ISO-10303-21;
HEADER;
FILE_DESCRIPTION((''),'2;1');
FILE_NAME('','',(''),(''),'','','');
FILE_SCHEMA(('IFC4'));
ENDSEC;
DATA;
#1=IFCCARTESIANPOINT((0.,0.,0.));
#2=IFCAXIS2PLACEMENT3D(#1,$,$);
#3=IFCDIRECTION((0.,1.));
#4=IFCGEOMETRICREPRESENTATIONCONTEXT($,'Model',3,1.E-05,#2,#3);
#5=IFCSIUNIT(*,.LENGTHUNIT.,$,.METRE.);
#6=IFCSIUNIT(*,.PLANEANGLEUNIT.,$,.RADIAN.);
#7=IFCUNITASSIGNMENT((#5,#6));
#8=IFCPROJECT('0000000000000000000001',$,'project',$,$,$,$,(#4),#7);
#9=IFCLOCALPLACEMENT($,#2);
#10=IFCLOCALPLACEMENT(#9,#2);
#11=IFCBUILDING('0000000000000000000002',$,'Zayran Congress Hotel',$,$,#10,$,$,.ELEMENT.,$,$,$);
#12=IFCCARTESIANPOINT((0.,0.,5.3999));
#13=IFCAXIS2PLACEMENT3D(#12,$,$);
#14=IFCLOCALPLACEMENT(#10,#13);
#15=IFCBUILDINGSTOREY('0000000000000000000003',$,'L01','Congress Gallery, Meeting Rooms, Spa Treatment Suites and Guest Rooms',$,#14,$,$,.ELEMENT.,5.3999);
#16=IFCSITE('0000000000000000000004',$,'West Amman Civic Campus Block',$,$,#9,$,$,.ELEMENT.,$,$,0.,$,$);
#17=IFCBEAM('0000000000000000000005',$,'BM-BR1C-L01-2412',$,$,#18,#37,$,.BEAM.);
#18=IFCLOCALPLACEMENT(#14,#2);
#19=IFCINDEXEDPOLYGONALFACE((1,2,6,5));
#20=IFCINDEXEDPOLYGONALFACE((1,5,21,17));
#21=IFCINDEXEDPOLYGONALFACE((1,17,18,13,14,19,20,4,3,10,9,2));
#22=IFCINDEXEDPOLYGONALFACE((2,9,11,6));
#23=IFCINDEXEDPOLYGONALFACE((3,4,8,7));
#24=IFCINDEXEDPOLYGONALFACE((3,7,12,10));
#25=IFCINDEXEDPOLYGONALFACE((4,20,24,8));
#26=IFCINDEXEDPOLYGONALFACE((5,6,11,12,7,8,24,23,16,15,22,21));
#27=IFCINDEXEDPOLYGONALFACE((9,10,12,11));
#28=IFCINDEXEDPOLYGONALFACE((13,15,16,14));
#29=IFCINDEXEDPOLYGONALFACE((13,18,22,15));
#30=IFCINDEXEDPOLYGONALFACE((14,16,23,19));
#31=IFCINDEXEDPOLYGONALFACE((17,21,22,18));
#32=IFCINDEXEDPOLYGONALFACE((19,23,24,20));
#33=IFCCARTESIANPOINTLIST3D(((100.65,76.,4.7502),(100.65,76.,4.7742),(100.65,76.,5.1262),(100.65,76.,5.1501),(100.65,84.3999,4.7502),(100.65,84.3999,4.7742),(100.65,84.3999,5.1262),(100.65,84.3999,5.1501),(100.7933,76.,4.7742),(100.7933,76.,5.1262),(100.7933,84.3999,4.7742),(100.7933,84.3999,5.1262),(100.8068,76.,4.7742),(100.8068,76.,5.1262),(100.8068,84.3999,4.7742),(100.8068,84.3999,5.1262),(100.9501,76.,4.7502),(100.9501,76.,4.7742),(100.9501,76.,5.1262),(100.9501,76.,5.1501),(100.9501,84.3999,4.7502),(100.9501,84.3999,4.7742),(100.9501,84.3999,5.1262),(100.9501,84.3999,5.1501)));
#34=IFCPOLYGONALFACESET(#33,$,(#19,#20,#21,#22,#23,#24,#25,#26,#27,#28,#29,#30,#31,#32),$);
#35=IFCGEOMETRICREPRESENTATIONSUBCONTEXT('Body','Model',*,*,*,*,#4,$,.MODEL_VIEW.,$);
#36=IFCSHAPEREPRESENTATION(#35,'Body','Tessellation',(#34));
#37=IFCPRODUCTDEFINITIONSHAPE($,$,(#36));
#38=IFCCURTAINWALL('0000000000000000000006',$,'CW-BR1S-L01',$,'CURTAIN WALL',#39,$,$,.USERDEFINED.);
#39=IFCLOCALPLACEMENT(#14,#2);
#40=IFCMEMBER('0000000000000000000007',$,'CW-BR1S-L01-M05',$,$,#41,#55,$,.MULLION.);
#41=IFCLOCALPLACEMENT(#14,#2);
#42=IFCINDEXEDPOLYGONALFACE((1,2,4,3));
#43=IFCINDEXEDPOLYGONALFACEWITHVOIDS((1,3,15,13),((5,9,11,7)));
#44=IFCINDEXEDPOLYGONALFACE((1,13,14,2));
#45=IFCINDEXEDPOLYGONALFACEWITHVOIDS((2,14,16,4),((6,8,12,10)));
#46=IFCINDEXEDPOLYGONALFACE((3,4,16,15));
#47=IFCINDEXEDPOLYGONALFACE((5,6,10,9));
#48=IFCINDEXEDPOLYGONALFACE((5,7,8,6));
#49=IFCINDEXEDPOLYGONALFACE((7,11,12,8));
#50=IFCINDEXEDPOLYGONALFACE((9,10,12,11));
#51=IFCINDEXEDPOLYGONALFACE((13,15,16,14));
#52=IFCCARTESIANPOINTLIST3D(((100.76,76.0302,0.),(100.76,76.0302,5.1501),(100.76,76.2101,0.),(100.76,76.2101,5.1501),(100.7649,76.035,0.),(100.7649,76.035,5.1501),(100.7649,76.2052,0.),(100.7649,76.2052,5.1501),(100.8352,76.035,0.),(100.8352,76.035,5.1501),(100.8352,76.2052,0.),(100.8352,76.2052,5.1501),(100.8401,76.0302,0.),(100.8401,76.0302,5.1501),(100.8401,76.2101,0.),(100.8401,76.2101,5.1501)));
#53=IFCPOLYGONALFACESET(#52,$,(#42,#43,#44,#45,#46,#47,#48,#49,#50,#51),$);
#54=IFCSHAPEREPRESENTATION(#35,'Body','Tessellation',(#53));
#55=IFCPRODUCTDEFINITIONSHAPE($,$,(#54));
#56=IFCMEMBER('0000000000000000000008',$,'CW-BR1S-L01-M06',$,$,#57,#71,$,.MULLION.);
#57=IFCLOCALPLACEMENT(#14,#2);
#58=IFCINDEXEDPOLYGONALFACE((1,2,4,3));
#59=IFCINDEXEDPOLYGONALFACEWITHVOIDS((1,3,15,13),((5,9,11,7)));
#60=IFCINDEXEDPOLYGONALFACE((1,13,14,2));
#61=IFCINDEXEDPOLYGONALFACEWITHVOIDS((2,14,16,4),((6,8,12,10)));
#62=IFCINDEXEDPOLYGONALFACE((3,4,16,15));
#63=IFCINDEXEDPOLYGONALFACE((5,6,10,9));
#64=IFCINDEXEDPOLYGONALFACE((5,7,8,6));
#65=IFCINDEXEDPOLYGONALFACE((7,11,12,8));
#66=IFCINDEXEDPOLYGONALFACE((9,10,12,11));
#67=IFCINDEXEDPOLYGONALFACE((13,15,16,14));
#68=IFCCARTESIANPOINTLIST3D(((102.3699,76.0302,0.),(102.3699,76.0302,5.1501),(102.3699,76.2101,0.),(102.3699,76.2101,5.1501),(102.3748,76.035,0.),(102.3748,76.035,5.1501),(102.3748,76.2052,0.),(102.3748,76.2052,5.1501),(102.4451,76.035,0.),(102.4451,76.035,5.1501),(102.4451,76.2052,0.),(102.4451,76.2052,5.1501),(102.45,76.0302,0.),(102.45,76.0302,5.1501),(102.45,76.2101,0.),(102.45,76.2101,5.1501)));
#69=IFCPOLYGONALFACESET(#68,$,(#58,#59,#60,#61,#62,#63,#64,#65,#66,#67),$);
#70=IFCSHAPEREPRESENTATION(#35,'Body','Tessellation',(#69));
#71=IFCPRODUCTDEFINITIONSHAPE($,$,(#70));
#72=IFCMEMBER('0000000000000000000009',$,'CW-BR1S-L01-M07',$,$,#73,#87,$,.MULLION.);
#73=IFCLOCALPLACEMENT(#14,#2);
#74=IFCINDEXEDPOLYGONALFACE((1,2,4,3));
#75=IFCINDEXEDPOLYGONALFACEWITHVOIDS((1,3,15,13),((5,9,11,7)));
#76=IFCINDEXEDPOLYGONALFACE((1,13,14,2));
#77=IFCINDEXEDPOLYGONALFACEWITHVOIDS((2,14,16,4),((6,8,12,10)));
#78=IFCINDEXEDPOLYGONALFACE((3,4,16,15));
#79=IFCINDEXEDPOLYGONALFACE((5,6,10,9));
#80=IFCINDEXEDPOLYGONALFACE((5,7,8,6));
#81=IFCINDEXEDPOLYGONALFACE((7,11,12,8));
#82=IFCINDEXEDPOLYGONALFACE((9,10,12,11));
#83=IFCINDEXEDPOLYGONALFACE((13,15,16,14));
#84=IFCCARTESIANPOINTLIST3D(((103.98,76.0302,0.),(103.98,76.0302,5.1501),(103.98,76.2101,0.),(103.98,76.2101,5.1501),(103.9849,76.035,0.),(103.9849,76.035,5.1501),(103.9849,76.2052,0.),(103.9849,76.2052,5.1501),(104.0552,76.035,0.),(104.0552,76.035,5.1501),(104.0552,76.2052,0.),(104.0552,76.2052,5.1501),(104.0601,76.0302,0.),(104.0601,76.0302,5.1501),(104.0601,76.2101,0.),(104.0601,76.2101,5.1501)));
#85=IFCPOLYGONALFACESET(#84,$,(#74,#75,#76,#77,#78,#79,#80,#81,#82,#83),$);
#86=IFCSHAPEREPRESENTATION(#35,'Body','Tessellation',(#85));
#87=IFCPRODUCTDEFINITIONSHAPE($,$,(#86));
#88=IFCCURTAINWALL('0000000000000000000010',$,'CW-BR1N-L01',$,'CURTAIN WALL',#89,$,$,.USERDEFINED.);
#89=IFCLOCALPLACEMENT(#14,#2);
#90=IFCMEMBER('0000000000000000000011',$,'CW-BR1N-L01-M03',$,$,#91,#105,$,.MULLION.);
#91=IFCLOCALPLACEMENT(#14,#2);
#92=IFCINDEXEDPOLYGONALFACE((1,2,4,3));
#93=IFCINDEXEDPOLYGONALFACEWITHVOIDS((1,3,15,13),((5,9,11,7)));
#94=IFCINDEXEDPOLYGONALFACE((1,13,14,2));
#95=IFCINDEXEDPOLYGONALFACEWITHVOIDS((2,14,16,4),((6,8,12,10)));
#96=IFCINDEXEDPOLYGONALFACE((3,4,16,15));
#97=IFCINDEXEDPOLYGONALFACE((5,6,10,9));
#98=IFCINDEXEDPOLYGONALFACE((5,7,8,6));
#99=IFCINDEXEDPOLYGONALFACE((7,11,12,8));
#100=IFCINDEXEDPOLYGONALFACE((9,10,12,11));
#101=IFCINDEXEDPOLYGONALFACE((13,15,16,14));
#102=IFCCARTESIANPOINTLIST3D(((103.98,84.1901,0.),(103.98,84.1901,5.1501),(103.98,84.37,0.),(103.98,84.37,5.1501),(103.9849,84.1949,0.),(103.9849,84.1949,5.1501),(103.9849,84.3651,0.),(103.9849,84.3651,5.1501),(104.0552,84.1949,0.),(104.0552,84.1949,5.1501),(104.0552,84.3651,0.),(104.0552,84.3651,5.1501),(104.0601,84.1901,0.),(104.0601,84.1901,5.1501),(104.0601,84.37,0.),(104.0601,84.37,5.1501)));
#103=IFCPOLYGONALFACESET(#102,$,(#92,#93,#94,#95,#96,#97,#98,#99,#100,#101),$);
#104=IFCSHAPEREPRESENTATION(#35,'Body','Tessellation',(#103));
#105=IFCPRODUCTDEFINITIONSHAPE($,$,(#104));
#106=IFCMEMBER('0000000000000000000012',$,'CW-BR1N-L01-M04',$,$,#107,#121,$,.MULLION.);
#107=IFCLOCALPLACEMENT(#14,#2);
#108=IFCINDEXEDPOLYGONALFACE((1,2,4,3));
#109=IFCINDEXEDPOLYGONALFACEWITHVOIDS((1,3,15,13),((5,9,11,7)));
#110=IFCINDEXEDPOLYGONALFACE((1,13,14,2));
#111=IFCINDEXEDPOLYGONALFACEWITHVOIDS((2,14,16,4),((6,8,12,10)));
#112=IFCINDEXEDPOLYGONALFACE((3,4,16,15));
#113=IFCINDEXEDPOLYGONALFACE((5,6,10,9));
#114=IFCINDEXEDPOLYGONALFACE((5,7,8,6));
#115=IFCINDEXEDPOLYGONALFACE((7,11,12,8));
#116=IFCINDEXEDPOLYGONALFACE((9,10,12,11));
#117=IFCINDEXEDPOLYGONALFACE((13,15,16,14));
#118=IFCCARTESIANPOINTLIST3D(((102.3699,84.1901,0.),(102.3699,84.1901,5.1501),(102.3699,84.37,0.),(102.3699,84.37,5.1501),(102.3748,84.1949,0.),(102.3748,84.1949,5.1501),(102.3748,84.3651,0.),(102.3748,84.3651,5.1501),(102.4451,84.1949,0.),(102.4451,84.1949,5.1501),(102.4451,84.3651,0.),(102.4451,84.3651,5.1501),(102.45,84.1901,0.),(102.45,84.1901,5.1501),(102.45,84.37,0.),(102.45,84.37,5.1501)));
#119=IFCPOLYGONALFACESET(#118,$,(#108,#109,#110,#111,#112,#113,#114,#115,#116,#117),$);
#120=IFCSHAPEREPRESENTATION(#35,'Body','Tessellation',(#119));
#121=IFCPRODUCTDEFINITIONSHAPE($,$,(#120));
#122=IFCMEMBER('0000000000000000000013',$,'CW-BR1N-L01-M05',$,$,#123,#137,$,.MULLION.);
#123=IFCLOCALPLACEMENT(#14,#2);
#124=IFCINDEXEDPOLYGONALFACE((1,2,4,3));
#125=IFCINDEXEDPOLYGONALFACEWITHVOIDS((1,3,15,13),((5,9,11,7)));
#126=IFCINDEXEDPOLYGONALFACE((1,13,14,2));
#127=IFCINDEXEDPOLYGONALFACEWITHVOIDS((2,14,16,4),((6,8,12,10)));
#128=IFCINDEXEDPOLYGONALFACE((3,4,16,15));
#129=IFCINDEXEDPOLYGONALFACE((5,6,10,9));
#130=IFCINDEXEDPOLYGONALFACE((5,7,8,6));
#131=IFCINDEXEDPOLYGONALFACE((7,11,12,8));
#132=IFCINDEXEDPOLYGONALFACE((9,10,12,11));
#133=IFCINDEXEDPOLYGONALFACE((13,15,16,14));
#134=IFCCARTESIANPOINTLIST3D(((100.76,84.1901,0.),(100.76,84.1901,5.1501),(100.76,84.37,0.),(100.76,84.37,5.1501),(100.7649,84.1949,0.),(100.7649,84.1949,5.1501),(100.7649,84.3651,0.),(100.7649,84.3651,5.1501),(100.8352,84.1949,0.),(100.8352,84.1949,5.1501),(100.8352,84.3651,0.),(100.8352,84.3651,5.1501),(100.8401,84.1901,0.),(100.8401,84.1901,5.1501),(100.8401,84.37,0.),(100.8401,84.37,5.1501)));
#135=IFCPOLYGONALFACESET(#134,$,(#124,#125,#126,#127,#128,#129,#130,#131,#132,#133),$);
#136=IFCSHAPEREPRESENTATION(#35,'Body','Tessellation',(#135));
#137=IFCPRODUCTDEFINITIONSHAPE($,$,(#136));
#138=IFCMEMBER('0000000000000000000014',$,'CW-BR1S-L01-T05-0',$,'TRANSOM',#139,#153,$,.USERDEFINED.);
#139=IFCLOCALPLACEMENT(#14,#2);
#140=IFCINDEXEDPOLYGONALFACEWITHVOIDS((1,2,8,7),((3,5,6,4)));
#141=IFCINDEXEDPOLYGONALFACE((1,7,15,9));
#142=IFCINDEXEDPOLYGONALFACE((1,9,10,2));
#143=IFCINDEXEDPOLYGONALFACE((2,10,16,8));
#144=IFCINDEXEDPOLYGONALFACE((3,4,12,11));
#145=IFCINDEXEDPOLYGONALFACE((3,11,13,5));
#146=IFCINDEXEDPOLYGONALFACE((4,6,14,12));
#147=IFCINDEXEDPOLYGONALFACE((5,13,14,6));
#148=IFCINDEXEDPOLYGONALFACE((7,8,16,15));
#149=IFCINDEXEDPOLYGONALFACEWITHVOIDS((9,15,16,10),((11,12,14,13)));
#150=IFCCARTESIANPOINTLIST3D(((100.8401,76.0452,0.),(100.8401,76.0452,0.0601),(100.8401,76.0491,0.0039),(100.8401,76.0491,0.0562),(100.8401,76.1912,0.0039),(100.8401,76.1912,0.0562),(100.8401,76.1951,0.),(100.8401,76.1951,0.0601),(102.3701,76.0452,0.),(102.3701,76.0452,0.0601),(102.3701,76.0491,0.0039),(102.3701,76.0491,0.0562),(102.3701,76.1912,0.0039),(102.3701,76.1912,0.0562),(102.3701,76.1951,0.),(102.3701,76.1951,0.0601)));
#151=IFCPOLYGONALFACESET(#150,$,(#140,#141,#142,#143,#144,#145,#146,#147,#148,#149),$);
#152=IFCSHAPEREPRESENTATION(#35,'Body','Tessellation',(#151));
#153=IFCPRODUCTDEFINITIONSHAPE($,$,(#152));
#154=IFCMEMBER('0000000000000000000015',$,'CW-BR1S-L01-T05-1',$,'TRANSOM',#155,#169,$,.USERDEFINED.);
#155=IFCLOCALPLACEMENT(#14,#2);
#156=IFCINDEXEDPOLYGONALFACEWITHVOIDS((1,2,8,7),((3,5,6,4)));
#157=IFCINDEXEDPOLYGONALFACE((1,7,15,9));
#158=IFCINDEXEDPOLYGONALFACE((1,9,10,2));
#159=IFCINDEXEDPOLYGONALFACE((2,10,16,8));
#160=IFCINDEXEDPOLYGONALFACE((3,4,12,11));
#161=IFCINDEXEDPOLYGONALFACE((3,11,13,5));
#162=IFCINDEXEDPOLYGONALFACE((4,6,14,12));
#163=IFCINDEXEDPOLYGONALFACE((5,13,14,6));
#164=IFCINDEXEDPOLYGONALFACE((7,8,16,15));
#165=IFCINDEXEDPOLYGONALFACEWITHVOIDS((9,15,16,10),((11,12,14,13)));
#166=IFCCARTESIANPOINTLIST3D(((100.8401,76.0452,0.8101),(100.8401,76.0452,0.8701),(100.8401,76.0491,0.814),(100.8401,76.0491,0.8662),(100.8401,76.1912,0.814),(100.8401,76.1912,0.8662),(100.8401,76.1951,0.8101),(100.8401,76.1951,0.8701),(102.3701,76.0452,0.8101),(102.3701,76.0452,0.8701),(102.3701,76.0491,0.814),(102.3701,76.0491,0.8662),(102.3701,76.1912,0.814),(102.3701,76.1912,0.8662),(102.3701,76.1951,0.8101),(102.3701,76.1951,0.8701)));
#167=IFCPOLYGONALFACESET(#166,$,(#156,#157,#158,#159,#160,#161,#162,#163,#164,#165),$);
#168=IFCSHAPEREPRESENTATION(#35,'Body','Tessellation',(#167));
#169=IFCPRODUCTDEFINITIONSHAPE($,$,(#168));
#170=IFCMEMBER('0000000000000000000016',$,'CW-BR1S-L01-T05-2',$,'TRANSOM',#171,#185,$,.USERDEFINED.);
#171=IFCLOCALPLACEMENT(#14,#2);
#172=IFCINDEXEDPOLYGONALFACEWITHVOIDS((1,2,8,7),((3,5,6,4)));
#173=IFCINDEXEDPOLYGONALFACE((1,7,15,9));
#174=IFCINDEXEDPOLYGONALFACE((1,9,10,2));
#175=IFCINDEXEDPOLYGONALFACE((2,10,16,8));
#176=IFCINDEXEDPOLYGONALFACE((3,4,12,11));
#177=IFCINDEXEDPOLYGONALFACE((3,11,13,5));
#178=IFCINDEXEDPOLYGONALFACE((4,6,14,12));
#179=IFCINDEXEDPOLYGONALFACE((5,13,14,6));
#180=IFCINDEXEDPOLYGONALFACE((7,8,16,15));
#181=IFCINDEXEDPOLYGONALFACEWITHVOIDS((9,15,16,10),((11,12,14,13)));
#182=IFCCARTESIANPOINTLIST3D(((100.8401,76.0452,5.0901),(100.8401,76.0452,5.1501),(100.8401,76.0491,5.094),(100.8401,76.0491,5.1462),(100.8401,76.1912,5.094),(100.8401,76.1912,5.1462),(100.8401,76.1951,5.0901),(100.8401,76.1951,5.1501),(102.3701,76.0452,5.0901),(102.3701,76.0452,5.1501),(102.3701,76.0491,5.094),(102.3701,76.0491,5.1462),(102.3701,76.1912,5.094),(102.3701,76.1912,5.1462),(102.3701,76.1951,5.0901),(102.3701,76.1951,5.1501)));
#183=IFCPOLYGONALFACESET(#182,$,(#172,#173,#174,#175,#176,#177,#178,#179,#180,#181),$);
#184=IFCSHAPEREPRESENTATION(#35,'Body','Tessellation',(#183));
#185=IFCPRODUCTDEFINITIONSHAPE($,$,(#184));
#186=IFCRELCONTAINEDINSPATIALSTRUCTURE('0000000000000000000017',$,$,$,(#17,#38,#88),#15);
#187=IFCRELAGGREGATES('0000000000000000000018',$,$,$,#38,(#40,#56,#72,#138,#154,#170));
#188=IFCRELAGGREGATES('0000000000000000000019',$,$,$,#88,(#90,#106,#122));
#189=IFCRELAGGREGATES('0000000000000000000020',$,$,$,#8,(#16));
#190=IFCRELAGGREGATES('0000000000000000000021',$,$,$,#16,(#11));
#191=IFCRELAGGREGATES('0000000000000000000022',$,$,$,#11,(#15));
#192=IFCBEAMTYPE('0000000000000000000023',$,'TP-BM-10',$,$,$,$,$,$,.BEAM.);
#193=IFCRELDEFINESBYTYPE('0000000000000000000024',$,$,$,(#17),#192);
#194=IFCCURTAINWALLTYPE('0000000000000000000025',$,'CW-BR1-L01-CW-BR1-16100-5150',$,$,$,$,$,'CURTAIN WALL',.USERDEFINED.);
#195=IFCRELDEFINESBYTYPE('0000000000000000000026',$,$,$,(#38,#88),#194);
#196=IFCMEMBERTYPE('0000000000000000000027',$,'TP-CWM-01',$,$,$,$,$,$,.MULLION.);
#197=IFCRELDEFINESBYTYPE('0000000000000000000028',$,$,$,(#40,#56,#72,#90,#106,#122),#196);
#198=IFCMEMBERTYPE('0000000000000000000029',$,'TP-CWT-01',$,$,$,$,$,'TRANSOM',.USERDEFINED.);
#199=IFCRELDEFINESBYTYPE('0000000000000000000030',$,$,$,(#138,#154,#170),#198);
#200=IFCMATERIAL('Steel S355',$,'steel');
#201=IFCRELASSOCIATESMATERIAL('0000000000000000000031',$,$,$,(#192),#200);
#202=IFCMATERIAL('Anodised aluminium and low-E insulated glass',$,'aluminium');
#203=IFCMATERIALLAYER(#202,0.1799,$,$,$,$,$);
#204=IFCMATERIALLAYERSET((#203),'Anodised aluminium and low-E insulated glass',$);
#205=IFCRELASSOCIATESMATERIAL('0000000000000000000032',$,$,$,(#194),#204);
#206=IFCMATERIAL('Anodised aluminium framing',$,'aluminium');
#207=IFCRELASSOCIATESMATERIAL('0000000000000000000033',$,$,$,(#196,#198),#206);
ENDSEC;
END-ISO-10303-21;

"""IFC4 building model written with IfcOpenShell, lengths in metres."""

from ifc_helpers import new_model, si_unit, direction, frame, origin, origin_2d, place, context, subcontext, project, spatial, hollow_rectangle, i_section, extrude, material, layer, layer_set, material_profile, profile_set, type_object, element, aggregate, save


model = new_model("IFC4")

# Units and contexts
model_context = context("Model", 3, precision=1e-05, world=origin(), true_north=direction((0.0, 1.0)))
body_context = subcontext(model_context, "Body", "Model", "MODEL_VIEW")
ifc_project = project(units=[si_unit("LENGTHUNIT", "METRE"), si_unit("PLANEANGLEUNIT", "RADIAN")], contexts=[model_context])

# Site, building, storey
site_placement = place(None, origin())
site = spatial("IfcSite", under=ifc_project, at=site_placement, Name="West Amman Civic Campus Block", CompositionType="ELEMENT", RefElevation=0.0)
building_placement = place(site_placement, origin())
building = spatial("IfcBuilding", under=site, at=building_placement, Name="Zayran Congress Hotel", CompositionType="ELEMENT")
storey_placement = place(building_placement, frame((0.0, 0.0, 5.3999)))
storey = spatial("IfcBuildingStorey", under=building, at=storey_placement, Name="L01", Description="Congress Gallery, Meeting Rooms, Spa Treatment Suites and Guest Rooms", CompositionType="ELEMENT", Elevation=5.3999)

# Beam
ifc_material_1 = material(Name="Steel S355", Category="steel")
ifc_material_profile_1 = material_profile(ifc_material_1, i_section(OverallWidth=0.3, OverallDepth=0.3999, WebThickness=0.0134, FlangeThickness=0.0239, at=origin_2d()), Name="HEB 400")
ifc_profile_set_1 = profile_set([ifc_material_profile_1], Name="Steel S355")
beam_type = type_object("IfcBeamType", Name="TP-BM-10", PredefinedType="BEAM", material=ifc_profile_set_1)
beam_placement = place(storey_placement, frame((100.8, 76.0, 4.9502), z_axis=(0.0, 1.0, 0.0), x_axis=(-1.0, 0.0, 0.0)))
element("IfcBeam", 1, at=beam_placement, inside=storey, type_object=beam_type, Name="BM-BR1C-L01-2412", PredefinedType="BEAM", context=body_context, shape_type="SweptSolid", body=[
    extrude(i_section(OverallWidth=0.3, OverallDepth=0.3999, WebThickness=0.0134, FlangeThickness=0.0239, at=origin_2d()), origin(), (0.0, 0.0, 1.0), 8.3999),
])

# Curtain walls, members
ifc_material_2 = material(Name="Anodised aluminium and low-E insulated glass", Category="aluminium")
ifc_layer_1 = layer(ifc_material_2, 0.1799)
ifc_layer_set_1 = layer_set([ifc_layer_1], Name="Anodised aluminium and low-E insulated glass")
curtain_wall_type = type_object("IfcCurtainWallType", Name="CW-BR1-L01-CW-BR1-16100-5150", ElementType="CURTAIN WALL", PredefinedType="USERDEFINED", material=ifc_layer_set_1)
curtain_wall_1_placement = place(storey_placement, origin())
curtain_wall_1 = element("IfcCurtainWall", 2, at=curtain_wall_1_placement, inside=storey, type_object=curtain_wall_type, Name="CW-BR1S-L01", ObjectType="CURTAIN WALL", PredefinedType="USERDEFINED")
ifc_material_3 = material(Name="Anodised aluminium framing", Category="aluminium")
ifc_material_profile_2 = material_profile(ifc_material_3, hollow_rectangle(XDim=0.0801, YDim=0.1799, WallThickness=0.0049, at=origin_2d()), Name="RHS 180x80x5")
ifc_profile_set_2 = profile_set([ifc_material_profile_2], Name="Anodised aluminium framing")
member_type_1 = type_object("IfcMemberType", Name="TP-CWM-01", PredefinedType="MULLION", material=ifc_profile_set_2)
member_1_placement = place(storey_placement, frame((100.8, 76.1201, 0.0), z_axis=(0.0, 0.0, 1.0), x_axis=(1.0, 0.0, 0.0)))
member_1 = element("IfcMember", 3, at=member_1_placement, type_object=member_type_1, Name="CW-BR1S-L01-M05", PredefinedType="MULLION", context=body_context, shape_type="SweptSolid", body=[
    extrude(hollow_rectangle(XDim=0.0801, YDim=0.1799, WallThickness=0.0049, at=origin_2d()), origin(), (0.0, 0.0, 1.0), 5.1501),
])
member_2_placement = place(storey_placement, frame((102.4099, 76.1201, 0.0), z_axis=(0.0, 0.0, 1.0), x_axis=(1.0, 0.0, 0.0)))
member_2 = element("IfcMember", 4, at=member_2_placement, type_object=member_type_1, Name="CW-BR1S-L01-M06", PredefinedType="MULLION", context=body_context, shape_type="SweptSolid", body=[
    extrude(hollow_rectangle(XDim=0.0801, YDim=0.1799, WallThickness=0.0049, at=origin_2d()), origin(), (0.0, 0.0, 1.0), 5.1501),
])
member_3_placement = place(storey_placement, frame((104.02, 76.1201, 0.0), z_axis=(0.0, 0.0, 1.0), x_axis=(1.0, 0.0, 0.0)))
member_3 = element("IfcMember", 5, at=member_3_placement, type_object=member_type_1, Name="CW-BR1S-L01-M07", PredefinedType="MULLION", context=body_context, shape_type="SweptSolid", body=[
    extrude(hollow_rectangle(XDim=0.0801, YDim=0.1799, WallThickness=0.0049, at=origin_2d()), origin(), (0.0, 0.0, 1.0), 5.1501),
])
curtain_wall_2_placement = place(storey_placement, origin())
curtain_wall_2 = element("IfcCurtainWall", 6, at=curtain_wall_2_placement, inside=storey, type_object=curtain_wall_type, Name="CW-BR1N-L01", ObjectType="CURTAIN WALL", PredefinedType="USERDEFINED")
member_4_placement = place(storey_placement, frame((104.02, 84.28, 0.0), z_axis=(0.0, 0.0, 1.0), x_axis=(1.0, 0.0, 0.0)))
member_4 = element("IfcMember", 7, at=member_4_placement, type_object=member_type_1, Name="CW-BR1N-L01-M03", PredefinedType="MULLION", context=body_context, shape_type="SweptSolid", body=[
    extrude(hollow_rectangle(XDim=0.0801, YDim=0.1799, WallThickness=0.0049, at=origin_2d()), origin(), (0.0, 0.0, 1.0), 5.1501),
])
member_5_placement = place(storey_placement, frame((102.4099, 84.28, 0.0), z_axis=(0.0, 0.0, 1.0), x_axis=(1.0, 0.0, 0.0)))
member_5 = element("IfcMember", 8, at=member_5_placement, type_object=member_type_1, Name="CW-BR1N-L01-M04", PredefinedType="MULLION", context=body_context, shape_type="SweptSolid", body=[
    extrude(hollow_rectangle(XDim=0.0801, YDim=0.1799, WallThickness=0.0049, at=origin_2d()), origin(), (0.0, 0.0, 1.0), 5.1501),
])
member_6_placement = place(storey_placement, frame((100.8, 84.28, 0.0), z_axis=(0.0, 0.0, 1.0), x_axis=(1.0, 0.0, 0.0)))
member_6 = element("IfcMember", 9, at=member_6_placement, type_object=member_type_1, Name="CW-BR1N-L01-M05", PredefinedType="MULLION", context=body_context, shape_type="SweptSolid", body=[
    extrude(hollow_rectangle(XDim=0.0801, YDim=0.1799, WallThickness=0.0049, at=origin_2d()), origin(), (0.0, 0.0, 1.0), 5.1501),
])

# Members
ifc_material_profile_3 = material_profile(ifc_material_3, hollow_rectangle(XDim=0.0601, YDim=0.1499, WallThickness=0.0039, at=origin_2d()), Name="RHS 150x60x4")
ifc_profile_set_3 = profile_set([ifc_material_profile_3], Name="Anodised aluminium framing")
member_type_2 = type_object("IfcMemberType", Name="TP-CWT-01", ElementType="TRANSOM", PredefinedType="USERDEFINED", material=ifc_profile_set_3)
member_7_placement = place(storey_placement, frame((100.8401, 76.1201, 0.03), z_axis=(1.0, 0.0, 0.0), x_axis=(0.0, 0.0, 1.0)))
member_7 = element("IfcMember", 10, at=member_7_placement, type_object=member_type_2, Name="CW-BR1S-L01-T05-0", ObjectType="TRANSOM", PredefinedType="USERDEFINED", context=body_context, shape_type="SweptSolid", body=[
    extrude(hollow_rectangle(XDim=0.0601, YDim=0.1499, WallThickness=0.0039, at=origin_2d()), origin(), (0.0, 0.0, 1.0), 1.53),
])
member_8_placement = place(storey_placement, frame((100.8401, 76.1201, 0.8401), z_axis=(1.0, 0.0, 0.0), x_axis=(0.0, 0.0, 1.0)))
member_8 = element("IfcMember", 11, at=member_8_placement, type_object=member_type_2, Name="CW-BR1S-L01-T05-1", ObjectType="TRANSOM", PredefinedType="USERDEFINED", context=body_context, shape_type="SweptSolid", body=[
    extrude(hollow_rectangle(XDim=0.0601, YDim=0.1499, WallThickness=0.0039, at=origin_2d()), origin(), (0.0, 0.0, 1.0), 1.53),
])
member_9_placement = place(storey_placement, frame((100.8401, 76.1201, 5.1201), z_axis=(1.0, 0.0, 0.0), x_axis=(0.0, 0.0, 1.0)))
member_9 = element("IfcMember", 12, at=member_9_placement, type_object=member_type_2, Name="CW-BR1S-L01-T05-2", ObjectType="TRANSOM", PredefinedType="USERDEFINED", context=body_context, shape_type="SweptSolid", body=[
    extrude(hollow_rectangle(XDim=0.0601, YDim=0.1499, WallThickness=0.0039, at=origin_2d()), origin(), (0.0, 0.0, 1.0), 1.53),
])

aggregate(curtain_wall_1, [member_1, member_2, member_3, member_7, member_8, member_9])
aggregate(curtain_wall_2, [member_4, member_5, member_6])

save(model, "model.ifc")
